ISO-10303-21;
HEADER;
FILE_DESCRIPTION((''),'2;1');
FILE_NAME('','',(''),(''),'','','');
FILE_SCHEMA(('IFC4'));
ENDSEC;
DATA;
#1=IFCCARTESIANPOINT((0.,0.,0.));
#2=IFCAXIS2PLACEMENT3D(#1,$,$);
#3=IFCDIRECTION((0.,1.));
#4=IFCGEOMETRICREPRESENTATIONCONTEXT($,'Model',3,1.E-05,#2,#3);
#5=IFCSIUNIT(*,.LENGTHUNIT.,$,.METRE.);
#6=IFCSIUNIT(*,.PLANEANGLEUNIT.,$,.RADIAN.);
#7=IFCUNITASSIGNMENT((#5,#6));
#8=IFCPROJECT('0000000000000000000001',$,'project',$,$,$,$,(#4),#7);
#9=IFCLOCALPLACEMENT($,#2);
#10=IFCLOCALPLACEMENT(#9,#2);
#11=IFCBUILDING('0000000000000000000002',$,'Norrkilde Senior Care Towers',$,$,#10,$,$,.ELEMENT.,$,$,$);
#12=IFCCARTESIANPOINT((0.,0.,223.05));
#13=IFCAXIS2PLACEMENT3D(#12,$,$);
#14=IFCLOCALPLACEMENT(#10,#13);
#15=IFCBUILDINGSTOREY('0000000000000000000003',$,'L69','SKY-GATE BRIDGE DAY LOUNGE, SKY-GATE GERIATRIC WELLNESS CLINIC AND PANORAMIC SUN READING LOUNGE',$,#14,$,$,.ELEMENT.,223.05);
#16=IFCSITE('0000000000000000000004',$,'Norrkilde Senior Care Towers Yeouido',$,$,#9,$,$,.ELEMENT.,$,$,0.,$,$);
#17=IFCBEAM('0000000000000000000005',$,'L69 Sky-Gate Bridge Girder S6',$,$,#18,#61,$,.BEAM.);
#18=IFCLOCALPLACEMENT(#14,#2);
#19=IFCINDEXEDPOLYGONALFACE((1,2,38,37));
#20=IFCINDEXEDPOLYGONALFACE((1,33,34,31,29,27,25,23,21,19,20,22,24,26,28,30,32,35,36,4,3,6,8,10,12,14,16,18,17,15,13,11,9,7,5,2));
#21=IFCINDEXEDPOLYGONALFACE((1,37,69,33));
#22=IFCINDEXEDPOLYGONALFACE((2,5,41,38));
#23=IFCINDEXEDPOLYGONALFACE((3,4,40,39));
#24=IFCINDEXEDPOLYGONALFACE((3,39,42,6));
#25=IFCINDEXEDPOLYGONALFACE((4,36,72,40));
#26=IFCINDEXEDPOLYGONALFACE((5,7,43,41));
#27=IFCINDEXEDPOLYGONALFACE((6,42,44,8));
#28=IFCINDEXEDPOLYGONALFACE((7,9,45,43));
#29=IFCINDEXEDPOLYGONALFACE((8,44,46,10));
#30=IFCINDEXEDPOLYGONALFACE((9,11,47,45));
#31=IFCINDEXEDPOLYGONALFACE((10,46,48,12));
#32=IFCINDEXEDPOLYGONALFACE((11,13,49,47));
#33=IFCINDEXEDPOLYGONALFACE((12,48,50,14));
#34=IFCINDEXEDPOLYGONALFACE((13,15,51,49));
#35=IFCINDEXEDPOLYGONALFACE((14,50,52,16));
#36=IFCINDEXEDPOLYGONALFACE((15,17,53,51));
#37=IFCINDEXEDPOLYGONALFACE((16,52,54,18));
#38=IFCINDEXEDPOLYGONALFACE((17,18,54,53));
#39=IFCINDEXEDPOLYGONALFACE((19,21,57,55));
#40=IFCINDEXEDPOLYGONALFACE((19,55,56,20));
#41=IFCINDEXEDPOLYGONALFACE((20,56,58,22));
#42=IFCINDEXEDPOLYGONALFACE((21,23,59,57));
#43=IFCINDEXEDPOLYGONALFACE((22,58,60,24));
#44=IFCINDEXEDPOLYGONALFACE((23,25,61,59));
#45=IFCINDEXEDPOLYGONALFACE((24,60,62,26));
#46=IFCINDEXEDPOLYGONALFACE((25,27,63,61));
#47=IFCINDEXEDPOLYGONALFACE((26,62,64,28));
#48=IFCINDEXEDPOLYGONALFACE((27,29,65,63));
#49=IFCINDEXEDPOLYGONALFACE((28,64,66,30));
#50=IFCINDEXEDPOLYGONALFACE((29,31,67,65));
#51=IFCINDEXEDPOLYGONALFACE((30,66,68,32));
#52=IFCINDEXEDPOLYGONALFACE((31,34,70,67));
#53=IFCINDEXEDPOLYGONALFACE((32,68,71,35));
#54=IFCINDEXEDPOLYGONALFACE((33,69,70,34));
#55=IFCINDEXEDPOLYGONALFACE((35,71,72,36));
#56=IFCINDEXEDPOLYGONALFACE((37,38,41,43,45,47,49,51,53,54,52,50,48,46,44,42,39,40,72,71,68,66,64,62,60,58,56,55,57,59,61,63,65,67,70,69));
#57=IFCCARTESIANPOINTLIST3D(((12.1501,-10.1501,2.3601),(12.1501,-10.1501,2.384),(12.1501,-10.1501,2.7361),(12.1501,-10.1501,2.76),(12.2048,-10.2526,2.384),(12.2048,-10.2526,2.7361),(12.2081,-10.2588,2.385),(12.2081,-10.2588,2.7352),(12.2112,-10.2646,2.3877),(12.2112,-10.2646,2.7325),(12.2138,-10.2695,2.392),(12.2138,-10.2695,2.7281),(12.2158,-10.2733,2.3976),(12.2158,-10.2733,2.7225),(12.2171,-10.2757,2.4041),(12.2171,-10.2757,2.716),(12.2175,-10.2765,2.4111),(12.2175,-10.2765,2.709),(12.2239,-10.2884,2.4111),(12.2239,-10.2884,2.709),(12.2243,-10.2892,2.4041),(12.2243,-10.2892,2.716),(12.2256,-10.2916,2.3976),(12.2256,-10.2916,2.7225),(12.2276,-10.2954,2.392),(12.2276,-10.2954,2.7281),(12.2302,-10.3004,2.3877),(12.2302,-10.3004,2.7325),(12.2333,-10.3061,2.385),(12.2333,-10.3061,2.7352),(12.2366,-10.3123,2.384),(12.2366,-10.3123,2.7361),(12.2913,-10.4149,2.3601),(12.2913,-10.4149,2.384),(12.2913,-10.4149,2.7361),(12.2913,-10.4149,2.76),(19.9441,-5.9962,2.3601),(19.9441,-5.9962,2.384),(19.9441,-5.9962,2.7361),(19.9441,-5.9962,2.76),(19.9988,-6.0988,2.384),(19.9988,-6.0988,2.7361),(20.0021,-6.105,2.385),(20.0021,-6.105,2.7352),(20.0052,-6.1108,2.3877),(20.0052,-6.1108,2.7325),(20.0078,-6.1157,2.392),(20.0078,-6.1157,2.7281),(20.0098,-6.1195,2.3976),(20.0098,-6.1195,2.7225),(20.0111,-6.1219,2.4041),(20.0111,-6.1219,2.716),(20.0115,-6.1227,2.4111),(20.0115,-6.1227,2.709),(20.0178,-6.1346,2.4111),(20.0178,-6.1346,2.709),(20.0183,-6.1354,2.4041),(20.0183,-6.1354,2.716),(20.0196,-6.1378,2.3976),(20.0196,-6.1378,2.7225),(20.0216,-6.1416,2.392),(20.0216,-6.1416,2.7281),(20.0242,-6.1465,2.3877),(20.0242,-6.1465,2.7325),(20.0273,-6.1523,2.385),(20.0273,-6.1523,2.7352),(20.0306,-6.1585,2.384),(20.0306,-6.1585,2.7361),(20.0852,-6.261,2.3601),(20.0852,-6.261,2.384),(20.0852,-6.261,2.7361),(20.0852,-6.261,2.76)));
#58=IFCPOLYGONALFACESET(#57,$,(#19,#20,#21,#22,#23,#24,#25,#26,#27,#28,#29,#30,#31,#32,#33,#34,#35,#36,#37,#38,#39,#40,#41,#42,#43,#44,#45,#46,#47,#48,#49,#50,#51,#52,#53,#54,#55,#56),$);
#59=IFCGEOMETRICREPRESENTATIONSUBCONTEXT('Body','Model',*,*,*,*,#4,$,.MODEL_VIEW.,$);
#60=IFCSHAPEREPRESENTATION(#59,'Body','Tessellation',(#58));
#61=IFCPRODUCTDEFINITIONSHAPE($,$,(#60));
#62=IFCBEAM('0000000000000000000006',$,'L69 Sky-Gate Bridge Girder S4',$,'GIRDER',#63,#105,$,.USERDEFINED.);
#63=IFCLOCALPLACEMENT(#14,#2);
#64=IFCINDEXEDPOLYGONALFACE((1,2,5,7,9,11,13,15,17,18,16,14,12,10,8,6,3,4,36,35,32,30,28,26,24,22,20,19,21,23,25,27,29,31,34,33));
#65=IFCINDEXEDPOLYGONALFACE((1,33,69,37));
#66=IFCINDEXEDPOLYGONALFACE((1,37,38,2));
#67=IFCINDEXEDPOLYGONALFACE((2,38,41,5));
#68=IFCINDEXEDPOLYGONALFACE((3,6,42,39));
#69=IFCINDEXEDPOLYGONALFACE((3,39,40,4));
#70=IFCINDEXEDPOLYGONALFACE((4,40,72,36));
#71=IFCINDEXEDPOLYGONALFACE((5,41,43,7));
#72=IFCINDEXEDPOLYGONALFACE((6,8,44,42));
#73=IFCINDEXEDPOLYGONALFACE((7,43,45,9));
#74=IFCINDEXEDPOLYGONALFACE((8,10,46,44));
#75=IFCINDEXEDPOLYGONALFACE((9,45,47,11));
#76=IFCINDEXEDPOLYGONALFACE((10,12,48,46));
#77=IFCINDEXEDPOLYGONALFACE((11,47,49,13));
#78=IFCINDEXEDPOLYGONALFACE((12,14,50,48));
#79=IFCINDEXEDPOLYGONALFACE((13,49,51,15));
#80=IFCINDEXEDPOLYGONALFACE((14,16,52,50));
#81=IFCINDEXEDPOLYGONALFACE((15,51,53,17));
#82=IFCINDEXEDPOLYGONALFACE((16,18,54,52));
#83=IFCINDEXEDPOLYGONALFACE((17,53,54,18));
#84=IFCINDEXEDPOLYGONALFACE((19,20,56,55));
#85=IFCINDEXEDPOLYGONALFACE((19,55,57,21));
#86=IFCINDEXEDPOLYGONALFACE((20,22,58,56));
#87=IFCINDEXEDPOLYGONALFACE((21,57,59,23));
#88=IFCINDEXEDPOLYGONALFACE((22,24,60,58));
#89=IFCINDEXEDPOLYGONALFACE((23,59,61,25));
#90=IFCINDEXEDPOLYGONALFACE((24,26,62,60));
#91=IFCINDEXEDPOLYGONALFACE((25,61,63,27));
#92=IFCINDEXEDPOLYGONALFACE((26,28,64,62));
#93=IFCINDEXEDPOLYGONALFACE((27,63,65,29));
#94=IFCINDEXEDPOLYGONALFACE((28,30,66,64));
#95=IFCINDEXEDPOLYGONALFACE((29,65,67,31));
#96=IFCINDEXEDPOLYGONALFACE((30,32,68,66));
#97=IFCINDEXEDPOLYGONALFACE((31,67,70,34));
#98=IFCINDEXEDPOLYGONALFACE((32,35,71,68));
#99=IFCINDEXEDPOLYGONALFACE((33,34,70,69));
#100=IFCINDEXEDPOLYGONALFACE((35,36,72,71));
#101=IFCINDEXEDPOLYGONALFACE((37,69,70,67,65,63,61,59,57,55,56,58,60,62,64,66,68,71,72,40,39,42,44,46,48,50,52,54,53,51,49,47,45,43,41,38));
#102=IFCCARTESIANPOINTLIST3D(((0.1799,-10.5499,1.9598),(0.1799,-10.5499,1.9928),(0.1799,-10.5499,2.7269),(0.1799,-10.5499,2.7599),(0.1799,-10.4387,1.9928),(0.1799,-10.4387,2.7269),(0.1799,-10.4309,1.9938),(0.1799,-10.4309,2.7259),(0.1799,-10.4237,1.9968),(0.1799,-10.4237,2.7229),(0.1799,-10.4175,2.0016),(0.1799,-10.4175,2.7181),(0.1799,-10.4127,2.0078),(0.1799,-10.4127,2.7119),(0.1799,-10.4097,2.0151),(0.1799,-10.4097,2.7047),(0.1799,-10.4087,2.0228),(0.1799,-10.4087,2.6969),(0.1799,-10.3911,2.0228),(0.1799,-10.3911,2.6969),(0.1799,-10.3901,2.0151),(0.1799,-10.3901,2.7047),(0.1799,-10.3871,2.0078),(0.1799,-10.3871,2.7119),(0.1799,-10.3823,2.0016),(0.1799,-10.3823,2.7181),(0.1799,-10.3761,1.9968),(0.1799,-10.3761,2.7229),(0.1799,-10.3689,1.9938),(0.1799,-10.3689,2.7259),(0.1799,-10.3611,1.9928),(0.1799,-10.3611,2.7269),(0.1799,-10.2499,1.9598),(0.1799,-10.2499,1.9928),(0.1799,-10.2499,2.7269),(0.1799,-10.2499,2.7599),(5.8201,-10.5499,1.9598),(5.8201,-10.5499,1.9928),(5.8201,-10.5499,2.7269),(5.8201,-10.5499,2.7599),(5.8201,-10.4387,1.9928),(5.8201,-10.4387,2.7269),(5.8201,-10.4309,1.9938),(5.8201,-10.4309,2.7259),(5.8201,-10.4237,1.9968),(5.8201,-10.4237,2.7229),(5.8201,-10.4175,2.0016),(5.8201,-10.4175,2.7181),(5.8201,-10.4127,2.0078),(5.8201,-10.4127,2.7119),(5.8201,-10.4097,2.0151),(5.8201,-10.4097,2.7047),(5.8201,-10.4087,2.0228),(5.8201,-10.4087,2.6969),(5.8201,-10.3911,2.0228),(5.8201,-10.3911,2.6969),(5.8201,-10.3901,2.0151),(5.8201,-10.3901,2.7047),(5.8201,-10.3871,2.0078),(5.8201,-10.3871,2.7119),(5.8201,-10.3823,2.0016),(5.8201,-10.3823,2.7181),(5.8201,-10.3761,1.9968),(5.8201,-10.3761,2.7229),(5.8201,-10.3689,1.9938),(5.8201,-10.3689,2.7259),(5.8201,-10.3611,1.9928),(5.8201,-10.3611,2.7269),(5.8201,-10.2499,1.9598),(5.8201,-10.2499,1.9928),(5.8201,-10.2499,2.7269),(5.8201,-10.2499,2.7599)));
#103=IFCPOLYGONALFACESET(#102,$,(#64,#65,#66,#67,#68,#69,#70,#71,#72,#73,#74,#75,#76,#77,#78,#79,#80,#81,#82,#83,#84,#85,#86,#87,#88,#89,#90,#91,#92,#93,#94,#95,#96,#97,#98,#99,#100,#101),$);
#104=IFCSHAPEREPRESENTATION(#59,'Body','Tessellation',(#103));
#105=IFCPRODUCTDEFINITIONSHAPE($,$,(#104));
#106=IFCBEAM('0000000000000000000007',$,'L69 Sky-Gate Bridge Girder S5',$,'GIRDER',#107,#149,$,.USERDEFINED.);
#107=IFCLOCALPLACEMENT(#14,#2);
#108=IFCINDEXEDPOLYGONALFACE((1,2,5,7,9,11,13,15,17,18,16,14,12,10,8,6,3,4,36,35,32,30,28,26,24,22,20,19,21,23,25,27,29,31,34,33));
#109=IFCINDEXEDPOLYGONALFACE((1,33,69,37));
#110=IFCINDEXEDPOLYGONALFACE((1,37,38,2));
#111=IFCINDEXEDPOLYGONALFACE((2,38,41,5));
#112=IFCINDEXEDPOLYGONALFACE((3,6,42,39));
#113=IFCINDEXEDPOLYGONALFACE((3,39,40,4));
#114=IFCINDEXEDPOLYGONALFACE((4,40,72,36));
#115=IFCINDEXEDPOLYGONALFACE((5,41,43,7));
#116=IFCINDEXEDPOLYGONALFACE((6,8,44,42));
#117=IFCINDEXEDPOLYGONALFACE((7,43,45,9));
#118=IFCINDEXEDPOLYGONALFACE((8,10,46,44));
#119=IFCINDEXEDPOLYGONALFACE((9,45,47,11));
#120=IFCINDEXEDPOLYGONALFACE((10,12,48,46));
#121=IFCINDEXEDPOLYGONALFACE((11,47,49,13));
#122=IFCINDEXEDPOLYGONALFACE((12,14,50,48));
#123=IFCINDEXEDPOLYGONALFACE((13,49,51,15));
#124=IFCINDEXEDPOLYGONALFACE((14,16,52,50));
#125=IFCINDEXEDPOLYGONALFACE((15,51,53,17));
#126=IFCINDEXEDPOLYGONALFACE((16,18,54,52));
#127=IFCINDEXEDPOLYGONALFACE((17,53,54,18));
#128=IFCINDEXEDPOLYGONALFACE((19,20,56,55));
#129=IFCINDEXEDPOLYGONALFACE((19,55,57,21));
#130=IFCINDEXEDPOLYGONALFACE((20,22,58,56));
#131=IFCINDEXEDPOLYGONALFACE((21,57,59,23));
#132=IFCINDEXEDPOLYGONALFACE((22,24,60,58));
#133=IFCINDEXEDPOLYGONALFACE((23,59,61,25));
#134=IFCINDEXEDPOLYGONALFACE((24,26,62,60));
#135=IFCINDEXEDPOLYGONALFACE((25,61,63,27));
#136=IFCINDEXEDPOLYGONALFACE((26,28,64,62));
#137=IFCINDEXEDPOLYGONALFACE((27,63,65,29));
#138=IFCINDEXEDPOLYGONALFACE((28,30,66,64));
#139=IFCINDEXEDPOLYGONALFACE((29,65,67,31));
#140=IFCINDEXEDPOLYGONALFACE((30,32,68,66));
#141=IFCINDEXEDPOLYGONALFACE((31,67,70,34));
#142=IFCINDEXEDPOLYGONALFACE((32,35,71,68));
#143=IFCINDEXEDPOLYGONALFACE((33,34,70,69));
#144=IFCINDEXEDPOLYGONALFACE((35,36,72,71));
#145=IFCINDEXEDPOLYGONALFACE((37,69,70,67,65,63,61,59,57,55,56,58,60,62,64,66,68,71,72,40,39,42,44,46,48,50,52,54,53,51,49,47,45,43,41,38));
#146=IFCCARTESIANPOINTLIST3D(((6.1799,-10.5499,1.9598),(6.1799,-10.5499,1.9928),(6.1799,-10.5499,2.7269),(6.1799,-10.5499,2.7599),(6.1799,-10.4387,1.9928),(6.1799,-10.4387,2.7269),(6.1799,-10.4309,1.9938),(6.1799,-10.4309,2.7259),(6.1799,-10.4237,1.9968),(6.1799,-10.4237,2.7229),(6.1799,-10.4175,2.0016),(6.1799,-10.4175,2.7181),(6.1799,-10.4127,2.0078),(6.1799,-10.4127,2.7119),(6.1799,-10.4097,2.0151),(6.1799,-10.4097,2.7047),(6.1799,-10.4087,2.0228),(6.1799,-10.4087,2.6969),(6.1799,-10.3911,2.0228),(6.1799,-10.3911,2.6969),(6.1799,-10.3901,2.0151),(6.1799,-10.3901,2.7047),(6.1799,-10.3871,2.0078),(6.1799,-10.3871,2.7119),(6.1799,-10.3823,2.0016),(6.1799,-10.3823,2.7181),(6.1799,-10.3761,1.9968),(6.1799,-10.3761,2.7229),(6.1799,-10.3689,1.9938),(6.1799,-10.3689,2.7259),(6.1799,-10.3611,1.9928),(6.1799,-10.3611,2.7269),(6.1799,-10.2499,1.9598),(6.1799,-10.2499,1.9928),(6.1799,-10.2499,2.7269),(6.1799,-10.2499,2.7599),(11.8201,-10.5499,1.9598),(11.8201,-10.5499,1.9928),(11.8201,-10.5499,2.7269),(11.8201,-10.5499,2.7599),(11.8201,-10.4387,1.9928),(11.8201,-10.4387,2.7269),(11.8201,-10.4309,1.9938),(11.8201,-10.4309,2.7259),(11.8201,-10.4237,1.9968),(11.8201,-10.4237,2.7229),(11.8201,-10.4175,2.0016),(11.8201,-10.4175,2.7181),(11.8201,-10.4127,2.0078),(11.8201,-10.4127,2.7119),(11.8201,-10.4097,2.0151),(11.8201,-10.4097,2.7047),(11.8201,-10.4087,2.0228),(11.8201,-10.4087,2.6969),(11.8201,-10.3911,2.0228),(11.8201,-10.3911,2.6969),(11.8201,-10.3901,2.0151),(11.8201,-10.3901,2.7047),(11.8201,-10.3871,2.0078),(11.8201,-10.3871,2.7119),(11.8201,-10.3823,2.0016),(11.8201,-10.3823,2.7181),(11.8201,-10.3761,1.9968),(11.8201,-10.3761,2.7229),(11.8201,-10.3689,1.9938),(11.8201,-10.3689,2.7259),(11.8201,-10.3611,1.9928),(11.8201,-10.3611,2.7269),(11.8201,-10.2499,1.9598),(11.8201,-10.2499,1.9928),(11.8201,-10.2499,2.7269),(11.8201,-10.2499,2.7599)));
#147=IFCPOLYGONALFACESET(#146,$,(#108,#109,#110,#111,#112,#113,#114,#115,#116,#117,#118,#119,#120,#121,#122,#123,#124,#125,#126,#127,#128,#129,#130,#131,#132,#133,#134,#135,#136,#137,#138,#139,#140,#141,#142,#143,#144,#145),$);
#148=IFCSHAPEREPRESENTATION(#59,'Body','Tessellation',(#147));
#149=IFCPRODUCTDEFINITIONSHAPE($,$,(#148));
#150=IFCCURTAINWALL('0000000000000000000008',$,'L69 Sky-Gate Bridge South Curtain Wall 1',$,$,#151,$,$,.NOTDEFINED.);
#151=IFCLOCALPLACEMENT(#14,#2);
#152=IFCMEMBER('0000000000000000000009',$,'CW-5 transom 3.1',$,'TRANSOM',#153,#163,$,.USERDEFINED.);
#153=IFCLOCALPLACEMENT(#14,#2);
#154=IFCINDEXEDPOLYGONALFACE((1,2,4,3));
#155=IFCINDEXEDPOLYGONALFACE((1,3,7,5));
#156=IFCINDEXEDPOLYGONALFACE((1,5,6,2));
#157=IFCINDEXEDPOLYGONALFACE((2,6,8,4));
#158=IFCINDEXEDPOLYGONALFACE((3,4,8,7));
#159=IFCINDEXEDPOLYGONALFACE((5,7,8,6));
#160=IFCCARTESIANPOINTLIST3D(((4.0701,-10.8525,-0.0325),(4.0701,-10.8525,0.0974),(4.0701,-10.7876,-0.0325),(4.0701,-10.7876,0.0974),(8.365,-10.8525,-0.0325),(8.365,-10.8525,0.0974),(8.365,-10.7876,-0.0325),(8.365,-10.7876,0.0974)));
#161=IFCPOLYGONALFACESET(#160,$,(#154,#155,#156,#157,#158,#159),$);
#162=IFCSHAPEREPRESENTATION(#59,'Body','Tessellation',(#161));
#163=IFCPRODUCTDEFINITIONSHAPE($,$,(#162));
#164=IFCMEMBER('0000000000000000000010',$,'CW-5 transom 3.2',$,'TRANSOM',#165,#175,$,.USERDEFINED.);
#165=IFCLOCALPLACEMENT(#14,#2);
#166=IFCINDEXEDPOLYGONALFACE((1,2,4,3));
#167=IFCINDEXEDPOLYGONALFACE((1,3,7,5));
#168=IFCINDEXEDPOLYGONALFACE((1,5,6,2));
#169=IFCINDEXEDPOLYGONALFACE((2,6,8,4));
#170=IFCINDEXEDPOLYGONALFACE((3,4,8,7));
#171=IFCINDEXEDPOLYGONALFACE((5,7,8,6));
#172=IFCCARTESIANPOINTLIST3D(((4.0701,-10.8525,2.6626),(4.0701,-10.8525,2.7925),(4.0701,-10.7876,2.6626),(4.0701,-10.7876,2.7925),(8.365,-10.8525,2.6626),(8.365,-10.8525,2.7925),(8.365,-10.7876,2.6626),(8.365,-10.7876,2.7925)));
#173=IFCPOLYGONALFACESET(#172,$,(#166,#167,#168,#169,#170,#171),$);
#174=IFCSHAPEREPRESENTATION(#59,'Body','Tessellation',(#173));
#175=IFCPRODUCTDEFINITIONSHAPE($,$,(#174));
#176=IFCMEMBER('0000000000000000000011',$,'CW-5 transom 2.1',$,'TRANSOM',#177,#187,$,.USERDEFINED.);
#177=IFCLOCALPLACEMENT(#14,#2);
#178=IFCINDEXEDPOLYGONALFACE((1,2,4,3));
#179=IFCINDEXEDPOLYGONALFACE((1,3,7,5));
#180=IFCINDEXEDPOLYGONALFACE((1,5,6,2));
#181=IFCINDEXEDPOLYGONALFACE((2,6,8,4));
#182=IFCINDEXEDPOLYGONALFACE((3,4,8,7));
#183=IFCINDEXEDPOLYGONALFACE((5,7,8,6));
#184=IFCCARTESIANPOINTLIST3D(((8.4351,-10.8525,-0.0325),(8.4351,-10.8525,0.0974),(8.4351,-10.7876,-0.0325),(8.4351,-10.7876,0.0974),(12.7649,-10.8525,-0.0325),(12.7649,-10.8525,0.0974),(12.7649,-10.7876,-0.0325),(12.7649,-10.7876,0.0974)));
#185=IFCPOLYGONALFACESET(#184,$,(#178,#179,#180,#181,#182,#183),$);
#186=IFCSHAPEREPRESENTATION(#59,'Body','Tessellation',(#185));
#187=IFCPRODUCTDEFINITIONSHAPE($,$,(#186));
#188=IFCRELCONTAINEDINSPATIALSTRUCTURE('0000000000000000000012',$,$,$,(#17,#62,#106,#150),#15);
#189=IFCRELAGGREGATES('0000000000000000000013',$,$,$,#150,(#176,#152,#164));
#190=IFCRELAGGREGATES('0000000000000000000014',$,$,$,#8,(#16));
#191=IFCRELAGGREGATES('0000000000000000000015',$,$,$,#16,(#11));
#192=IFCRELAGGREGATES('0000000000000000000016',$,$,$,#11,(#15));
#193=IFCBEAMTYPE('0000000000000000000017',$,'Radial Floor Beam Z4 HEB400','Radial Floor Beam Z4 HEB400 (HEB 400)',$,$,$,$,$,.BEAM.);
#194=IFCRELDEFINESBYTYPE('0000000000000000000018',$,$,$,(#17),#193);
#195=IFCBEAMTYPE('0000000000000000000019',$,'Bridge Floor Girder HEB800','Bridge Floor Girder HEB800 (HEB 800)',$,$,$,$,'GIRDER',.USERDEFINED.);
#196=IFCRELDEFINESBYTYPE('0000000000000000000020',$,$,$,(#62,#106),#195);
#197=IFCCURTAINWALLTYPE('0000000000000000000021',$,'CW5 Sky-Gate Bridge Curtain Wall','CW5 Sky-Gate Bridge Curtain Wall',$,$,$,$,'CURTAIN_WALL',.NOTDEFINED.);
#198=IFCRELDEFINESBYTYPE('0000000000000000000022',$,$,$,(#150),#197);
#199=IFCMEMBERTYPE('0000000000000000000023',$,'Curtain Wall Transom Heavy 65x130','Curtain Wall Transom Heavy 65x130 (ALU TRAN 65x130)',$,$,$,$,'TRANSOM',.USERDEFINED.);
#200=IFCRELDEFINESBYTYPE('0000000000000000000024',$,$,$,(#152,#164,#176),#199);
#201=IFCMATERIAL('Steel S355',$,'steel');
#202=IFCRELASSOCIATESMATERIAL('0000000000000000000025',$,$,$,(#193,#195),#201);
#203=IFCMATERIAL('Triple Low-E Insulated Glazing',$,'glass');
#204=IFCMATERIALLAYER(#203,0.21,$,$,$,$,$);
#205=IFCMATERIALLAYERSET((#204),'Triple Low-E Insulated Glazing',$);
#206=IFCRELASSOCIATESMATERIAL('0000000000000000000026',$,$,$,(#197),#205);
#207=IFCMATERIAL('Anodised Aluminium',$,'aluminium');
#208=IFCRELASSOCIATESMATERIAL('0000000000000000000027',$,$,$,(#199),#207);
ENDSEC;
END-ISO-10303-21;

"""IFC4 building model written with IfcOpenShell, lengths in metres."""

from ifc_helpers import new_model, si_unit, direction, frame, origin, origin_2d, place, context, subcontext, project, spatial, rectangle, i_section, extrude, source, transform, mapped, material, layer, layer_set, material_profile, profile_set, type_object, type_shapes, element, aggregate, save


model = new_model("IFC4")

# Units and contexts
model_context = context("Model", 3, precision=1e-05, world=origin(), true_north=direction((0.0, 1.0)))
body_context = subcontext(model_context, "Body", "Model", "MODEL_VIEW")
ifc_project = project(units=[si_unit("LENGTHUNIT", "METRE"), si_unit("PLANEANGLEUNIT", "RADIAN")], contexts=[model_context])

# Site, building, storey
site_placement = place(None, origin())
site = spatial("IfcSite", under=ifc_project, at=site_placement, Name="Norrkilde Senior Care Towers Yeouido", CompositionType="ELEMENT", RefElevation=0.0)
building_placement = place(site_placement, origin())
building = spatial("IfcBuilding", under=site, at=building_placement, Name="Norrkilde Senior Care Towers", CompositionType="ELEMENT")
storey_placement = place(building_placement, frame((0.0, 0.0, 223.05)))
storey = spatial("IfcBuildingStorey", under=building, at=storey_placement, Name="L69", Description="SKY-GATE BRIDGE DAY LOUNGE, SKY-GATE GERIATRIC WELLNESS CLINIC AND PANORAMIC SUN READING LOUNGE", CompositionType="ELEMENT", Elevation=223.05)

# Shared definitions
ifc_material_1 = material(Name="Steel S355", Category="steel")

# Beams
ifc_material_profile_1 = material_profile(ifc_material_1, i_section(OverallWidth=0.3, OverallDepth=0.3999, WebThickness=0.0134, FlangeThickness=0.0239, FilletRadius=0.0271, at=origin_2d()), Name="HEB 400")
ifc_profile_set_1 = profile_set([ifc_material_profile_1], Name="Steel S355")
beam_type_1 = type_object("IfcBeamType", Name="Radial Floor Beam Z4 HEB400", Description="Radial Floor Beam Z4 HEB400 (HEB 400)", PredefinedType="BEAM", material=ifc_profile_set_1)
shared_shape_1 = source(origin(), body_context, "Body", "SweptSolid", [
    extrude(i_section(OverallWidth=0.3, OverallDepth=0.3999, WebThickness=0.0134, FlangeThickness=0.0239, FilletRadius=0.0271, at=origin_2d()), origin(), (0.0, 0.0, 1.0), 8.8318),
])
type_shapes(beam_type_1, [shared_shape_1])
beam_1_placement = place(storey_placement, frame((12.2207, -10.2825, 2.5601), z_axis=(0.882492, 0.470327, 0.0), x_axis=(-0.470327, 0.882492, 0.0)))
element("IfcBeam", 1, at=beam_1_placement, inside=storey, type_object=beam_type_1, Name="L69 Sky-Gate Bridge Girder S6", PredefinedType="BEAM", context=body_context, shape_type="MappedRepresentation", body=[
    mapped(shared_shape_1, transform((0.0, 0.0, 0.0), x_axis=(1.0, 0.0, 0.0), y_axis=(0.0, 1.0, 0.0), z_axis=(0.0, 0.0, 1.0), scale=1.0)),
])
ifc_material_profile_2 = material_profile(ifc_material_1, i_section(OverallWidth=0.3, OverallDepth=0.8, WebThickness=0.0176, FlangeThickness=0.033, FilletRadius=0.03, at=origin_2d()), Name="HEB 800")
ifc_profile_set_2 = profile_set([ifc_material_profile_2], Name="Steel S355")
beam_type_2 = type_object("IfcBeamType", Name="Bridge Floor Girder HEB800", Description="Bridge Floor Girder HEB800 (HEB 800)", ElementType="GIRDER", PredefinedType="USERDEFINED", material=ifc_profile_set_2)
shared_shape_2 = source(origin(), body_context, "Body", "SweptSolid", [
    extrude(i_section(OverallWidth=0.3, OverallDepth=0.8, WebThickness=0.0176, FlangeThickness=0.033, FilletRadius=0.03, at=origin_2d()), origin(), (0.0, 0.0, 1.0), 5.6401),
])
type_shapes(beam_type_2, [shared_shape_2])
for number, where, z_axis, x_axis, name in (
    (2, (0.1799, -10.3999, 2.3599), (1.0, 0.0, 0.0), (0.0, 1.0, 0.0), "L69 Sky-Gate Bridge Girder S4"),
    (3, (6.1799, -10.3999, 2.3599), (1.0, 0.0, 0.0), (0.0, 1.0, 0.0), "L69 Sky-Gate Bridge Girder S5"),
):
    element("IfcBeam", number, at=place(storey_placement, frame(where, z_axis=z_axis, x_axis=x_axis)), inside=storey, type_object=beam_type_2, Name=name, ObjectType="GIRDER", PredefinedType="USERDEFINED", context=body_context, shape_type="MappedRepresentation", body=[
        mapped(shared_shape_2, transform((0.0, 0.0, 0.0), x_axis=(1.0, 0.0, 0.0), y_axis=(0.0, 1.0, 0.0), z_axis=(0.0, 0.0, 1.0), scale=1.0)),
    ])

# Curtain wall, members
ifc_material_2 = material(Name="Triple Low-E Insulated Glazing", Category="glass")
ifc_layer_1 = layer(ifc_material_2, 0.21)
ifc_layer_set_1 = layer_set([ifc_layer_1], Name="Triple Low-E Insulated Glazing")
curtain_wall_type = type_object("IfcCurtainWallType", Name="CW5 Sky-Gate Bridge Curtain Wall", Description="CW5 Sky-Gate Bridge Curtain Wall", ElementType="CURTAIN_WALL", PredefinedType="NOTDEFINED", material=ifc_layer_set_1)
curtain_wall_1_placement = place(storey_placement, origin())
curtain_wall_1 = element("IfcCurtainWall", 4, at=curtain_wall_1_placement, inside=storey, type_object=curtain_wall_type, Name="L69 Sky-Gate Bridge South Curtain Wall 1", PredefinedType="NOTDEFINED")
ifc_material_3 = material(Name="Anodised Aluminium", Category="aluminium")
ifc_material_profile_3 = material_profile(ifc_material_3, rectangle(XDim=0.0649, YDim=0.1299, at=origin_2d()), Name="ALU TRAN 65x130")
ifc_profile_set_3 = profile_set([ifc_material_profile_3], Name="Anodised Aluminium")
member_type_1 = type_object("IfcMemberType", Name="Curtain Wall Transom Heavy 65x130", Description="Curtain Wall Transom Heavy 65x130 (ALU TRAN 65x130)", ElementType="TRANSOM", PredefinedType="USERDEFINED", material=ifc_profile_set_3)
shared_shape_3 = source(origin(), body_context, "Body", "SweptSolid", [
    extrude(rectangle(XDim=0.0649, YDim=0.1299, at=origin_2d()), origin(), (0.0, 0.0, 1.0), 4.2949),
])
member_1_placement = place(storey_placement, frame((8.365, -10.8201, 0.0325), z_axis=(-1.0, 0.0, 0.0), x_axis=(0.0, -1.0, 0.0)))
member_1 = element("IfcMember", 5, at=member_1_placement, type_object=member_type_1, Name="CW-5 transom 3.1", ObjectType="TRANSOM", PredefinedType="USERDEFINED", context=body_context, shape_type="MappedRepresentation", body=[
    mapped(shared_shape_3, transform((0.0, 0.0, 0.0), x_axis=(1.0, 0.0, 0.0), y_axis=(0.0, 1.0, 0.0), z_axis=(0.0, 0.0, 1.0), scale=1.0)),
])
member_2_placement = place(storey_placement, frame((8.365, -10.8201, 2.7275), z_axis=(-1.0, 0.0, 0.0), x_axis=(0.0, -1.0, 0.0)))
member_2 = element("IfcMember", 6, at=member_2_placement, type_object=member_type_1, Name="CW-5 transom 3.2", ObjectType="TRANSOM", PredefinedType="USERDEFINED", context=body_context, shape_type="MappedRepresentation", body=[
    mapped(shared_shape_3, transform((0.0, 0.0, 0.0), x_axis=(1.0, 0.0, 0.0), y_axis=(0.0, 1.0, 0.0), z_axis=(0.0, 0.0, 1.0), scale=1.0)),
])
shared_shape_4 = source(origin(), body_context, "Body", "SweptSolid", [
    extrude(rectangle(XDim=0.0649, YDim=0.1299, at=origin_2d()), origin(), (0.0, 0.0, 1.0), 4.3298),
])
member_3_placement = place(storey_placement, frame((12.7649, -10.8201, 0.0325), z_axis=(-1.0, 0.0, 0.0), x_axis=(0.0, -1.0, 0.0)))
member_3 = element("IfcMember", 7, at=member_3_placement, type_object=member_type_1, Name="CW-5 transom 2.1", ObjectType="TRANSOM", PredefinedType="USERDEFINED", context=body_context, shape_type="MappedRepresentation", body=[
    mapped(shared_shape_4, transform((0.0, 0.0, 0.0), x_axis=(1.0, 0.0, 0.0), y_axis=(0.0, 1.0, 0.0), z_axis=(0.0, 0.0, 1.0), scale=1.0)),
])

aggregate(curtain_wall_1, [member_3, member_1, member_2])

save(model, "model.ifc")
